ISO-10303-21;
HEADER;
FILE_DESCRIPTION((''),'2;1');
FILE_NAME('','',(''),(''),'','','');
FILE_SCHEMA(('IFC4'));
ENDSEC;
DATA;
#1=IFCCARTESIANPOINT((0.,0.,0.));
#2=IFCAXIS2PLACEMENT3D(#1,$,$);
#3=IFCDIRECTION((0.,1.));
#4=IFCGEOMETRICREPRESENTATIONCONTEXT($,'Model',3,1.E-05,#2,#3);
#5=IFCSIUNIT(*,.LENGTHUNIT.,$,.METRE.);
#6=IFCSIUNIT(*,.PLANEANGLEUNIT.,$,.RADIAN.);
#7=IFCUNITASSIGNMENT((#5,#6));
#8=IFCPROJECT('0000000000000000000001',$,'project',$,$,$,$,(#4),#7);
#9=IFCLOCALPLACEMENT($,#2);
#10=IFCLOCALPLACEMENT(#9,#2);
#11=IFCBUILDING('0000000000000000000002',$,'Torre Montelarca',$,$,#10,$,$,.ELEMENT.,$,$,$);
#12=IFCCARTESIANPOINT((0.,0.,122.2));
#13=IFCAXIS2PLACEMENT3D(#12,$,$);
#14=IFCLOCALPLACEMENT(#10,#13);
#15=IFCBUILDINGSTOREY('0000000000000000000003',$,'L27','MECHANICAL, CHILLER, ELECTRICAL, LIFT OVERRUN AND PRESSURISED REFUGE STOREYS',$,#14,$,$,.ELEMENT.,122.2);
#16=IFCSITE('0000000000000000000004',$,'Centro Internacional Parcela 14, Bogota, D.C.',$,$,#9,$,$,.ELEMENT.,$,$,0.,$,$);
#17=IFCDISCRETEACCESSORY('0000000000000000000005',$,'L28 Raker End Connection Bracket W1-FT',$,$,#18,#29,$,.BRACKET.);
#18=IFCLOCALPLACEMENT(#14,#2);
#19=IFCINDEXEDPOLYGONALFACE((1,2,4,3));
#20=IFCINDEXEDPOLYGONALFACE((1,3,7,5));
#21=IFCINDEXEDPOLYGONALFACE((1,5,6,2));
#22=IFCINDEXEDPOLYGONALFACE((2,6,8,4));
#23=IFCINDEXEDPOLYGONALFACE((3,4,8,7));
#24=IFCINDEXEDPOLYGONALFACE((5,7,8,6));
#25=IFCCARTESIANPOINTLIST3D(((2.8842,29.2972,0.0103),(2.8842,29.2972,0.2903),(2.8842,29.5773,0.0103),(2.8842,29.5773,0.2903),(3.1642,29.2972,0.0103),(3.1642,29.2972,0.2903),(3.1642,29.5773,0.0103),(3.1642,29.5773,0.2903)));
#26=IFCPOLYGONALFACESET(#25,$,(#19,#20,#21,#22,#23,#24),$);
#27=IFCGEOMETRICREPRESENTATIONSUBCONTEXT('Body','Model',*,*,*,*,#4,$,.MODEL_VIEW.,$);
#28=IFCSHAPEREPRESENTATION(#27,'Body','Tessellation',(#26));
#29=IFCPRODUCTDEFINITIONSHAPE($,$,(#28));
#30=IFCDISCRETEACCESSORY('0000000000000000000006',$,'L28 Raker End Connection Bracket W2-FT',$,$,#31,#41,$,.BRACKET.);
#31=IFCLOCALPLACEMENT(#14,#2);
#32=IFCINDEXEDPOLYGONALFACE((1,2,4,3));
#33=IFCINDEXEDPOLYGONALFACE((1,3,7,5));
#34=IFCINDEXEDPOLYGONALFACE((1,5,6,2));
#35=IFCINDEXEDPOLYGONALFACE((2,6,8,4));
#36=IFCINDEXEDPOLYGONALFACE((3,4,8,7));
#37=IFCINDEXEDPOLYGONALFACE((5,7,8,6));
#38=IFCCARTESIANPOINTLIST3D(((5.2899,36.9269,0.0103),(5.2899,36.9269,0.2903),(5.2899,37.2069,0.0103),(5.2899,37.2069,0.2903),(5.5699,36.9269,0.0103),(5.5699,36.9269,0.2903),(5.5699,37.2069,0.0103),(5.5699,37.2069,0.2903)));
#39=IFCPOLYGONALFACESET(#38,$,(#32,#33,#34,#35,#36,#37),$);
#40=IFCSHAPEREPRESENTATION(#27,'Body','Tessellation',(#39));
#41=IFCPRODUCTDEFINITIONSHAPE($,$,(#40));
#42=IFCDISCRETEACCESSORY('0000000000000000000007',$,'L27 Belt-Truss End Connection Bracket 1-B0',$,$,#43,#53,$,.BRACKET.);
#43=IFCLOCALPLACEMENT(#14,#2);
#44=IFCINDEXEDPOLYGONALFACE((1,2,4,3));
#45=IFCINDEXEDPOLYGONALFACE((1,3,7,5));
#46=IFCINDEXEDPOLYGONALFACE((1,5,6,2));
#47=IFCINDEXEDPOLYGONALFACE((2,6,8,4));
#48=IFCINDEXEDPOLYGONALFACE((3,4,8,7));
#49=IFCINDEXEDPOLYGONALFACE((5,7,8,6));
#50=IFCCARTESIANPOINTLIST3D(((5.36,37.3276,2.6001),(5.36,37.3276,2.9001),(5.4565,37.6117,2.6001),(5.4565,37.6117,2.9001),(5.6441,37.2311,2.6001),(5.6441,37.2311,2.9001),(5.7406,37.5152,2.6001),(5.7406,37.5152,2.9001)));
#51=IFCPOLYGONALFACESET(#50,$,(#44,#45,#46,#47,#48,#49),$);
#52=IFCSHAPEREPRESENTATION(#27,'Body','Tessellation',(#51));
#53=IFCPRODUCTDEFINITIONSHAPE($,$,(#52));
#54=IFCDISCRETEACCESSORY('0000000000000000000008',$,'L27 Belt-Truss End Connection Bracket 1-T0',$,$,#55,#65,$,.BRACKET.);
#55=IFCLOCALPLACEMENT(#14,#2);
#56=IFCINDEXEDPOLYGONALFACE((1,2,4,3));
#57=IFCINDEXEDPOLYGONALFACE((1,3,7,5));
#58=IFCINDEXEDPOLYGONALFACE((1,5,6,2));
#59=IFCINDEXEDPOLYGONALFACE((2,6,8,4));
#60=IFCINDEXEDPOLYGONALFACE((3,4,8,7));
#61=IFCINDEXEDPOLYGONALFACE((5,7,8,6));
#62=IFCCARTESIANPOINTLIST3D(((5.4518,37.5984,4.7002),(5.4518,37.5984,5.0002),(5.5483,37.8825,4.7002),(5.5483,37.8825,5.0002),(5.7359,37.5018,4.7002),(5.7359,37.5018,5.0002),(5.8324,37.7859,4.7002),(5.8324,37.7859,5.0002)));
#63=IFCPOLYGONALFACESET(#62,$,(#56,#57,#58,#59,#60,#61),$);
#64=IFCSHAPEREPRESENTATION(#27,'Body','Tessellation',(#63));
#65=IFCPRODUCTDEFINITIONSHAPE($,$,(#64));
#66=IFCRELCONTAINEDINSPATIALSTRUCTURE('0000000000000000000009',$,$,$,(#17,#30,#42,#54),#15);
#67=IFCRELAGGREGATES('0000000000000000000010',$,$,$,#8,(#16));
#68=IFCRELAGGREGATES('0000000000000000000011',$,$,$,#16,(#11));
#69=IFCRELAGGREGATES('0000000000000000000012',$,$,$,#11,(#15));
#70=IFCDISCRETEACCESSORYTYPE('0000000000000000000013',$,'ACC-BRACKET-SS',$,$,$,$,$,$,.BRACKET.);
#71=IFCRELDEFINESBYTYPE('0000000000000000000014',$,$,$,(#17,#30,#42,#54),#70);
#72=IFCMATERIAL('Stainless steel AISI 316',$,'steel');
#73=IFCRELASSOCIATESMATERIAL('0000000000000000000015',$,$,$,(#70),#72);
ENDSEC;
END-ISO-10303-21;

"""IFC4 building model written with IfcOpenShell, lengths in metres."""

from ifc_helpers import new_model, si_unit, direction, frame, origin, origin_2d, place, context, subcontext, project, spatial, rectangle, extrude, source, transform, mapped, material, type_object, element, save


model = new_model("IFC4")

# Units and contexts
model_context = context("Model", 3, precision=1e-05, world=origin(), true_north=direction((0.0, 1.0)))
body_context = subcontext(model_context, "Body", "Model", "MODEL_VIEW")
ifc_project = project(units=[si_unit("LENGTHUNIT", "METRE"), si_unit("PLANEANGLEUNIT", "RADIAN")], contexts=[model_context])

# Site, building, storey
site_placement = place(None, origin())
site = spatial("IfcSite", under=ifc_project, at=site_placement, Name="Centro Internacional Parcela 14, Bogota, D.C.", CompositionType="ELEMENT", RefElevation=0.0)
building_placement = place(site_placement, origin())
building = spatial("IfcBuilding", under=site, at=building_placement, Name="Torre Montelarca", CompositionType="ELEMENT")
storey_placement = place(building_placement, frame((0.0, 0.0, 122.2)))
storey = spatial("IfcBuildingStorey", under=building, at=storey_placement, Name="L27", Description="MECHANICAL, CHILLER, ELECTRICAL, LIFT OVERRUN AND PRESSURISED REFUGE STOREYS", CompositionType="ELEMENT", Elevation=122.2)

# Discrete accessories
ifc_material_1 = material(Name="Stainless steel AISI 316", Category="steel")
discrete_accessory_type = type_object("IfcDiscreteAccessoryType", Name="ACC-BRACKET-SS", PredefinedType="BRACKET", material=ifc_material_1)
shared_shape_1 = source(origin(), body_context, "Body", "SweptSolid", [
    extrude(rectangle(XDim=0.28, YDim=0.28, at=origin_2d()), origin(), (0.0, 0.0, 1.0), 0.28),
])
for number, where, z_axis, x_axis, name in (
    (1, (3.0242, 29.4373, 0.0103), (0.0, 0.0, 1.0), (1.0, 0.0, 0.0), "L28 Raker End Connection Bracket W1-FT"),
    (2, (5.4299, 37.0669, 0.0103), (0.0, 0.0, 1.0), (1.0, 0.0, 0.0), "L28 Raker End Connection Bracket W2-FT"),
):
    element("IfcDiscreteAccessory", number, at=place(storey_placement, frame(where, z_axis=z_axis, x_axis=x_axis)), inside=storey, type_object=discrete_accessory_type, Name=name, PredefinedType="BRACKET", context=body_context, shape_type="MappedRepresentation", body=[
        mapped(shared_shape_1, transform((0.0, 0.0, 0.0), scale=1.0)),
    ])
shared_shape_2 = source(origin(), body_context, "Body", "SweptSolid", [
    extrude(rectangle(XDim=0.3, YDim=0.3, at=origin_2d()), origin(), (0.0, 0.0, 1.0), 0.3),
])
for number, where, z_axis, x_axis, name in (
    (3, (5.5503, 37.4214, 2.6001), (0.0, 0.0, 1.0), (0.32177, 0.946818, 0.0), "L27 Belt-Truss End Connection Bracket 1-B0"),
    (4, (5.6421, 37.6921, 4.7002), (0.0, 0.0, 1.0), (0.32177, 0.946818, 0.0), "L27 Belt-Truss End Connection Bracket 1-T0"),
):
    element("IfcDiscreteAccessory", number, at=place(storey_placement, frame(where, z_axis=z_axis, x_axis=x_axis)), inside=storey, type_object=discrete_accessory_type, Name=name, PredefinedType="BRACKET", context=body_context, shape_type="MappedRepresentation", body=[
        mapped(shared_shape_2, transform((0.0, 0.0, 0.0), scale=1.0)),
    ])

save(model, "model.ifc")
